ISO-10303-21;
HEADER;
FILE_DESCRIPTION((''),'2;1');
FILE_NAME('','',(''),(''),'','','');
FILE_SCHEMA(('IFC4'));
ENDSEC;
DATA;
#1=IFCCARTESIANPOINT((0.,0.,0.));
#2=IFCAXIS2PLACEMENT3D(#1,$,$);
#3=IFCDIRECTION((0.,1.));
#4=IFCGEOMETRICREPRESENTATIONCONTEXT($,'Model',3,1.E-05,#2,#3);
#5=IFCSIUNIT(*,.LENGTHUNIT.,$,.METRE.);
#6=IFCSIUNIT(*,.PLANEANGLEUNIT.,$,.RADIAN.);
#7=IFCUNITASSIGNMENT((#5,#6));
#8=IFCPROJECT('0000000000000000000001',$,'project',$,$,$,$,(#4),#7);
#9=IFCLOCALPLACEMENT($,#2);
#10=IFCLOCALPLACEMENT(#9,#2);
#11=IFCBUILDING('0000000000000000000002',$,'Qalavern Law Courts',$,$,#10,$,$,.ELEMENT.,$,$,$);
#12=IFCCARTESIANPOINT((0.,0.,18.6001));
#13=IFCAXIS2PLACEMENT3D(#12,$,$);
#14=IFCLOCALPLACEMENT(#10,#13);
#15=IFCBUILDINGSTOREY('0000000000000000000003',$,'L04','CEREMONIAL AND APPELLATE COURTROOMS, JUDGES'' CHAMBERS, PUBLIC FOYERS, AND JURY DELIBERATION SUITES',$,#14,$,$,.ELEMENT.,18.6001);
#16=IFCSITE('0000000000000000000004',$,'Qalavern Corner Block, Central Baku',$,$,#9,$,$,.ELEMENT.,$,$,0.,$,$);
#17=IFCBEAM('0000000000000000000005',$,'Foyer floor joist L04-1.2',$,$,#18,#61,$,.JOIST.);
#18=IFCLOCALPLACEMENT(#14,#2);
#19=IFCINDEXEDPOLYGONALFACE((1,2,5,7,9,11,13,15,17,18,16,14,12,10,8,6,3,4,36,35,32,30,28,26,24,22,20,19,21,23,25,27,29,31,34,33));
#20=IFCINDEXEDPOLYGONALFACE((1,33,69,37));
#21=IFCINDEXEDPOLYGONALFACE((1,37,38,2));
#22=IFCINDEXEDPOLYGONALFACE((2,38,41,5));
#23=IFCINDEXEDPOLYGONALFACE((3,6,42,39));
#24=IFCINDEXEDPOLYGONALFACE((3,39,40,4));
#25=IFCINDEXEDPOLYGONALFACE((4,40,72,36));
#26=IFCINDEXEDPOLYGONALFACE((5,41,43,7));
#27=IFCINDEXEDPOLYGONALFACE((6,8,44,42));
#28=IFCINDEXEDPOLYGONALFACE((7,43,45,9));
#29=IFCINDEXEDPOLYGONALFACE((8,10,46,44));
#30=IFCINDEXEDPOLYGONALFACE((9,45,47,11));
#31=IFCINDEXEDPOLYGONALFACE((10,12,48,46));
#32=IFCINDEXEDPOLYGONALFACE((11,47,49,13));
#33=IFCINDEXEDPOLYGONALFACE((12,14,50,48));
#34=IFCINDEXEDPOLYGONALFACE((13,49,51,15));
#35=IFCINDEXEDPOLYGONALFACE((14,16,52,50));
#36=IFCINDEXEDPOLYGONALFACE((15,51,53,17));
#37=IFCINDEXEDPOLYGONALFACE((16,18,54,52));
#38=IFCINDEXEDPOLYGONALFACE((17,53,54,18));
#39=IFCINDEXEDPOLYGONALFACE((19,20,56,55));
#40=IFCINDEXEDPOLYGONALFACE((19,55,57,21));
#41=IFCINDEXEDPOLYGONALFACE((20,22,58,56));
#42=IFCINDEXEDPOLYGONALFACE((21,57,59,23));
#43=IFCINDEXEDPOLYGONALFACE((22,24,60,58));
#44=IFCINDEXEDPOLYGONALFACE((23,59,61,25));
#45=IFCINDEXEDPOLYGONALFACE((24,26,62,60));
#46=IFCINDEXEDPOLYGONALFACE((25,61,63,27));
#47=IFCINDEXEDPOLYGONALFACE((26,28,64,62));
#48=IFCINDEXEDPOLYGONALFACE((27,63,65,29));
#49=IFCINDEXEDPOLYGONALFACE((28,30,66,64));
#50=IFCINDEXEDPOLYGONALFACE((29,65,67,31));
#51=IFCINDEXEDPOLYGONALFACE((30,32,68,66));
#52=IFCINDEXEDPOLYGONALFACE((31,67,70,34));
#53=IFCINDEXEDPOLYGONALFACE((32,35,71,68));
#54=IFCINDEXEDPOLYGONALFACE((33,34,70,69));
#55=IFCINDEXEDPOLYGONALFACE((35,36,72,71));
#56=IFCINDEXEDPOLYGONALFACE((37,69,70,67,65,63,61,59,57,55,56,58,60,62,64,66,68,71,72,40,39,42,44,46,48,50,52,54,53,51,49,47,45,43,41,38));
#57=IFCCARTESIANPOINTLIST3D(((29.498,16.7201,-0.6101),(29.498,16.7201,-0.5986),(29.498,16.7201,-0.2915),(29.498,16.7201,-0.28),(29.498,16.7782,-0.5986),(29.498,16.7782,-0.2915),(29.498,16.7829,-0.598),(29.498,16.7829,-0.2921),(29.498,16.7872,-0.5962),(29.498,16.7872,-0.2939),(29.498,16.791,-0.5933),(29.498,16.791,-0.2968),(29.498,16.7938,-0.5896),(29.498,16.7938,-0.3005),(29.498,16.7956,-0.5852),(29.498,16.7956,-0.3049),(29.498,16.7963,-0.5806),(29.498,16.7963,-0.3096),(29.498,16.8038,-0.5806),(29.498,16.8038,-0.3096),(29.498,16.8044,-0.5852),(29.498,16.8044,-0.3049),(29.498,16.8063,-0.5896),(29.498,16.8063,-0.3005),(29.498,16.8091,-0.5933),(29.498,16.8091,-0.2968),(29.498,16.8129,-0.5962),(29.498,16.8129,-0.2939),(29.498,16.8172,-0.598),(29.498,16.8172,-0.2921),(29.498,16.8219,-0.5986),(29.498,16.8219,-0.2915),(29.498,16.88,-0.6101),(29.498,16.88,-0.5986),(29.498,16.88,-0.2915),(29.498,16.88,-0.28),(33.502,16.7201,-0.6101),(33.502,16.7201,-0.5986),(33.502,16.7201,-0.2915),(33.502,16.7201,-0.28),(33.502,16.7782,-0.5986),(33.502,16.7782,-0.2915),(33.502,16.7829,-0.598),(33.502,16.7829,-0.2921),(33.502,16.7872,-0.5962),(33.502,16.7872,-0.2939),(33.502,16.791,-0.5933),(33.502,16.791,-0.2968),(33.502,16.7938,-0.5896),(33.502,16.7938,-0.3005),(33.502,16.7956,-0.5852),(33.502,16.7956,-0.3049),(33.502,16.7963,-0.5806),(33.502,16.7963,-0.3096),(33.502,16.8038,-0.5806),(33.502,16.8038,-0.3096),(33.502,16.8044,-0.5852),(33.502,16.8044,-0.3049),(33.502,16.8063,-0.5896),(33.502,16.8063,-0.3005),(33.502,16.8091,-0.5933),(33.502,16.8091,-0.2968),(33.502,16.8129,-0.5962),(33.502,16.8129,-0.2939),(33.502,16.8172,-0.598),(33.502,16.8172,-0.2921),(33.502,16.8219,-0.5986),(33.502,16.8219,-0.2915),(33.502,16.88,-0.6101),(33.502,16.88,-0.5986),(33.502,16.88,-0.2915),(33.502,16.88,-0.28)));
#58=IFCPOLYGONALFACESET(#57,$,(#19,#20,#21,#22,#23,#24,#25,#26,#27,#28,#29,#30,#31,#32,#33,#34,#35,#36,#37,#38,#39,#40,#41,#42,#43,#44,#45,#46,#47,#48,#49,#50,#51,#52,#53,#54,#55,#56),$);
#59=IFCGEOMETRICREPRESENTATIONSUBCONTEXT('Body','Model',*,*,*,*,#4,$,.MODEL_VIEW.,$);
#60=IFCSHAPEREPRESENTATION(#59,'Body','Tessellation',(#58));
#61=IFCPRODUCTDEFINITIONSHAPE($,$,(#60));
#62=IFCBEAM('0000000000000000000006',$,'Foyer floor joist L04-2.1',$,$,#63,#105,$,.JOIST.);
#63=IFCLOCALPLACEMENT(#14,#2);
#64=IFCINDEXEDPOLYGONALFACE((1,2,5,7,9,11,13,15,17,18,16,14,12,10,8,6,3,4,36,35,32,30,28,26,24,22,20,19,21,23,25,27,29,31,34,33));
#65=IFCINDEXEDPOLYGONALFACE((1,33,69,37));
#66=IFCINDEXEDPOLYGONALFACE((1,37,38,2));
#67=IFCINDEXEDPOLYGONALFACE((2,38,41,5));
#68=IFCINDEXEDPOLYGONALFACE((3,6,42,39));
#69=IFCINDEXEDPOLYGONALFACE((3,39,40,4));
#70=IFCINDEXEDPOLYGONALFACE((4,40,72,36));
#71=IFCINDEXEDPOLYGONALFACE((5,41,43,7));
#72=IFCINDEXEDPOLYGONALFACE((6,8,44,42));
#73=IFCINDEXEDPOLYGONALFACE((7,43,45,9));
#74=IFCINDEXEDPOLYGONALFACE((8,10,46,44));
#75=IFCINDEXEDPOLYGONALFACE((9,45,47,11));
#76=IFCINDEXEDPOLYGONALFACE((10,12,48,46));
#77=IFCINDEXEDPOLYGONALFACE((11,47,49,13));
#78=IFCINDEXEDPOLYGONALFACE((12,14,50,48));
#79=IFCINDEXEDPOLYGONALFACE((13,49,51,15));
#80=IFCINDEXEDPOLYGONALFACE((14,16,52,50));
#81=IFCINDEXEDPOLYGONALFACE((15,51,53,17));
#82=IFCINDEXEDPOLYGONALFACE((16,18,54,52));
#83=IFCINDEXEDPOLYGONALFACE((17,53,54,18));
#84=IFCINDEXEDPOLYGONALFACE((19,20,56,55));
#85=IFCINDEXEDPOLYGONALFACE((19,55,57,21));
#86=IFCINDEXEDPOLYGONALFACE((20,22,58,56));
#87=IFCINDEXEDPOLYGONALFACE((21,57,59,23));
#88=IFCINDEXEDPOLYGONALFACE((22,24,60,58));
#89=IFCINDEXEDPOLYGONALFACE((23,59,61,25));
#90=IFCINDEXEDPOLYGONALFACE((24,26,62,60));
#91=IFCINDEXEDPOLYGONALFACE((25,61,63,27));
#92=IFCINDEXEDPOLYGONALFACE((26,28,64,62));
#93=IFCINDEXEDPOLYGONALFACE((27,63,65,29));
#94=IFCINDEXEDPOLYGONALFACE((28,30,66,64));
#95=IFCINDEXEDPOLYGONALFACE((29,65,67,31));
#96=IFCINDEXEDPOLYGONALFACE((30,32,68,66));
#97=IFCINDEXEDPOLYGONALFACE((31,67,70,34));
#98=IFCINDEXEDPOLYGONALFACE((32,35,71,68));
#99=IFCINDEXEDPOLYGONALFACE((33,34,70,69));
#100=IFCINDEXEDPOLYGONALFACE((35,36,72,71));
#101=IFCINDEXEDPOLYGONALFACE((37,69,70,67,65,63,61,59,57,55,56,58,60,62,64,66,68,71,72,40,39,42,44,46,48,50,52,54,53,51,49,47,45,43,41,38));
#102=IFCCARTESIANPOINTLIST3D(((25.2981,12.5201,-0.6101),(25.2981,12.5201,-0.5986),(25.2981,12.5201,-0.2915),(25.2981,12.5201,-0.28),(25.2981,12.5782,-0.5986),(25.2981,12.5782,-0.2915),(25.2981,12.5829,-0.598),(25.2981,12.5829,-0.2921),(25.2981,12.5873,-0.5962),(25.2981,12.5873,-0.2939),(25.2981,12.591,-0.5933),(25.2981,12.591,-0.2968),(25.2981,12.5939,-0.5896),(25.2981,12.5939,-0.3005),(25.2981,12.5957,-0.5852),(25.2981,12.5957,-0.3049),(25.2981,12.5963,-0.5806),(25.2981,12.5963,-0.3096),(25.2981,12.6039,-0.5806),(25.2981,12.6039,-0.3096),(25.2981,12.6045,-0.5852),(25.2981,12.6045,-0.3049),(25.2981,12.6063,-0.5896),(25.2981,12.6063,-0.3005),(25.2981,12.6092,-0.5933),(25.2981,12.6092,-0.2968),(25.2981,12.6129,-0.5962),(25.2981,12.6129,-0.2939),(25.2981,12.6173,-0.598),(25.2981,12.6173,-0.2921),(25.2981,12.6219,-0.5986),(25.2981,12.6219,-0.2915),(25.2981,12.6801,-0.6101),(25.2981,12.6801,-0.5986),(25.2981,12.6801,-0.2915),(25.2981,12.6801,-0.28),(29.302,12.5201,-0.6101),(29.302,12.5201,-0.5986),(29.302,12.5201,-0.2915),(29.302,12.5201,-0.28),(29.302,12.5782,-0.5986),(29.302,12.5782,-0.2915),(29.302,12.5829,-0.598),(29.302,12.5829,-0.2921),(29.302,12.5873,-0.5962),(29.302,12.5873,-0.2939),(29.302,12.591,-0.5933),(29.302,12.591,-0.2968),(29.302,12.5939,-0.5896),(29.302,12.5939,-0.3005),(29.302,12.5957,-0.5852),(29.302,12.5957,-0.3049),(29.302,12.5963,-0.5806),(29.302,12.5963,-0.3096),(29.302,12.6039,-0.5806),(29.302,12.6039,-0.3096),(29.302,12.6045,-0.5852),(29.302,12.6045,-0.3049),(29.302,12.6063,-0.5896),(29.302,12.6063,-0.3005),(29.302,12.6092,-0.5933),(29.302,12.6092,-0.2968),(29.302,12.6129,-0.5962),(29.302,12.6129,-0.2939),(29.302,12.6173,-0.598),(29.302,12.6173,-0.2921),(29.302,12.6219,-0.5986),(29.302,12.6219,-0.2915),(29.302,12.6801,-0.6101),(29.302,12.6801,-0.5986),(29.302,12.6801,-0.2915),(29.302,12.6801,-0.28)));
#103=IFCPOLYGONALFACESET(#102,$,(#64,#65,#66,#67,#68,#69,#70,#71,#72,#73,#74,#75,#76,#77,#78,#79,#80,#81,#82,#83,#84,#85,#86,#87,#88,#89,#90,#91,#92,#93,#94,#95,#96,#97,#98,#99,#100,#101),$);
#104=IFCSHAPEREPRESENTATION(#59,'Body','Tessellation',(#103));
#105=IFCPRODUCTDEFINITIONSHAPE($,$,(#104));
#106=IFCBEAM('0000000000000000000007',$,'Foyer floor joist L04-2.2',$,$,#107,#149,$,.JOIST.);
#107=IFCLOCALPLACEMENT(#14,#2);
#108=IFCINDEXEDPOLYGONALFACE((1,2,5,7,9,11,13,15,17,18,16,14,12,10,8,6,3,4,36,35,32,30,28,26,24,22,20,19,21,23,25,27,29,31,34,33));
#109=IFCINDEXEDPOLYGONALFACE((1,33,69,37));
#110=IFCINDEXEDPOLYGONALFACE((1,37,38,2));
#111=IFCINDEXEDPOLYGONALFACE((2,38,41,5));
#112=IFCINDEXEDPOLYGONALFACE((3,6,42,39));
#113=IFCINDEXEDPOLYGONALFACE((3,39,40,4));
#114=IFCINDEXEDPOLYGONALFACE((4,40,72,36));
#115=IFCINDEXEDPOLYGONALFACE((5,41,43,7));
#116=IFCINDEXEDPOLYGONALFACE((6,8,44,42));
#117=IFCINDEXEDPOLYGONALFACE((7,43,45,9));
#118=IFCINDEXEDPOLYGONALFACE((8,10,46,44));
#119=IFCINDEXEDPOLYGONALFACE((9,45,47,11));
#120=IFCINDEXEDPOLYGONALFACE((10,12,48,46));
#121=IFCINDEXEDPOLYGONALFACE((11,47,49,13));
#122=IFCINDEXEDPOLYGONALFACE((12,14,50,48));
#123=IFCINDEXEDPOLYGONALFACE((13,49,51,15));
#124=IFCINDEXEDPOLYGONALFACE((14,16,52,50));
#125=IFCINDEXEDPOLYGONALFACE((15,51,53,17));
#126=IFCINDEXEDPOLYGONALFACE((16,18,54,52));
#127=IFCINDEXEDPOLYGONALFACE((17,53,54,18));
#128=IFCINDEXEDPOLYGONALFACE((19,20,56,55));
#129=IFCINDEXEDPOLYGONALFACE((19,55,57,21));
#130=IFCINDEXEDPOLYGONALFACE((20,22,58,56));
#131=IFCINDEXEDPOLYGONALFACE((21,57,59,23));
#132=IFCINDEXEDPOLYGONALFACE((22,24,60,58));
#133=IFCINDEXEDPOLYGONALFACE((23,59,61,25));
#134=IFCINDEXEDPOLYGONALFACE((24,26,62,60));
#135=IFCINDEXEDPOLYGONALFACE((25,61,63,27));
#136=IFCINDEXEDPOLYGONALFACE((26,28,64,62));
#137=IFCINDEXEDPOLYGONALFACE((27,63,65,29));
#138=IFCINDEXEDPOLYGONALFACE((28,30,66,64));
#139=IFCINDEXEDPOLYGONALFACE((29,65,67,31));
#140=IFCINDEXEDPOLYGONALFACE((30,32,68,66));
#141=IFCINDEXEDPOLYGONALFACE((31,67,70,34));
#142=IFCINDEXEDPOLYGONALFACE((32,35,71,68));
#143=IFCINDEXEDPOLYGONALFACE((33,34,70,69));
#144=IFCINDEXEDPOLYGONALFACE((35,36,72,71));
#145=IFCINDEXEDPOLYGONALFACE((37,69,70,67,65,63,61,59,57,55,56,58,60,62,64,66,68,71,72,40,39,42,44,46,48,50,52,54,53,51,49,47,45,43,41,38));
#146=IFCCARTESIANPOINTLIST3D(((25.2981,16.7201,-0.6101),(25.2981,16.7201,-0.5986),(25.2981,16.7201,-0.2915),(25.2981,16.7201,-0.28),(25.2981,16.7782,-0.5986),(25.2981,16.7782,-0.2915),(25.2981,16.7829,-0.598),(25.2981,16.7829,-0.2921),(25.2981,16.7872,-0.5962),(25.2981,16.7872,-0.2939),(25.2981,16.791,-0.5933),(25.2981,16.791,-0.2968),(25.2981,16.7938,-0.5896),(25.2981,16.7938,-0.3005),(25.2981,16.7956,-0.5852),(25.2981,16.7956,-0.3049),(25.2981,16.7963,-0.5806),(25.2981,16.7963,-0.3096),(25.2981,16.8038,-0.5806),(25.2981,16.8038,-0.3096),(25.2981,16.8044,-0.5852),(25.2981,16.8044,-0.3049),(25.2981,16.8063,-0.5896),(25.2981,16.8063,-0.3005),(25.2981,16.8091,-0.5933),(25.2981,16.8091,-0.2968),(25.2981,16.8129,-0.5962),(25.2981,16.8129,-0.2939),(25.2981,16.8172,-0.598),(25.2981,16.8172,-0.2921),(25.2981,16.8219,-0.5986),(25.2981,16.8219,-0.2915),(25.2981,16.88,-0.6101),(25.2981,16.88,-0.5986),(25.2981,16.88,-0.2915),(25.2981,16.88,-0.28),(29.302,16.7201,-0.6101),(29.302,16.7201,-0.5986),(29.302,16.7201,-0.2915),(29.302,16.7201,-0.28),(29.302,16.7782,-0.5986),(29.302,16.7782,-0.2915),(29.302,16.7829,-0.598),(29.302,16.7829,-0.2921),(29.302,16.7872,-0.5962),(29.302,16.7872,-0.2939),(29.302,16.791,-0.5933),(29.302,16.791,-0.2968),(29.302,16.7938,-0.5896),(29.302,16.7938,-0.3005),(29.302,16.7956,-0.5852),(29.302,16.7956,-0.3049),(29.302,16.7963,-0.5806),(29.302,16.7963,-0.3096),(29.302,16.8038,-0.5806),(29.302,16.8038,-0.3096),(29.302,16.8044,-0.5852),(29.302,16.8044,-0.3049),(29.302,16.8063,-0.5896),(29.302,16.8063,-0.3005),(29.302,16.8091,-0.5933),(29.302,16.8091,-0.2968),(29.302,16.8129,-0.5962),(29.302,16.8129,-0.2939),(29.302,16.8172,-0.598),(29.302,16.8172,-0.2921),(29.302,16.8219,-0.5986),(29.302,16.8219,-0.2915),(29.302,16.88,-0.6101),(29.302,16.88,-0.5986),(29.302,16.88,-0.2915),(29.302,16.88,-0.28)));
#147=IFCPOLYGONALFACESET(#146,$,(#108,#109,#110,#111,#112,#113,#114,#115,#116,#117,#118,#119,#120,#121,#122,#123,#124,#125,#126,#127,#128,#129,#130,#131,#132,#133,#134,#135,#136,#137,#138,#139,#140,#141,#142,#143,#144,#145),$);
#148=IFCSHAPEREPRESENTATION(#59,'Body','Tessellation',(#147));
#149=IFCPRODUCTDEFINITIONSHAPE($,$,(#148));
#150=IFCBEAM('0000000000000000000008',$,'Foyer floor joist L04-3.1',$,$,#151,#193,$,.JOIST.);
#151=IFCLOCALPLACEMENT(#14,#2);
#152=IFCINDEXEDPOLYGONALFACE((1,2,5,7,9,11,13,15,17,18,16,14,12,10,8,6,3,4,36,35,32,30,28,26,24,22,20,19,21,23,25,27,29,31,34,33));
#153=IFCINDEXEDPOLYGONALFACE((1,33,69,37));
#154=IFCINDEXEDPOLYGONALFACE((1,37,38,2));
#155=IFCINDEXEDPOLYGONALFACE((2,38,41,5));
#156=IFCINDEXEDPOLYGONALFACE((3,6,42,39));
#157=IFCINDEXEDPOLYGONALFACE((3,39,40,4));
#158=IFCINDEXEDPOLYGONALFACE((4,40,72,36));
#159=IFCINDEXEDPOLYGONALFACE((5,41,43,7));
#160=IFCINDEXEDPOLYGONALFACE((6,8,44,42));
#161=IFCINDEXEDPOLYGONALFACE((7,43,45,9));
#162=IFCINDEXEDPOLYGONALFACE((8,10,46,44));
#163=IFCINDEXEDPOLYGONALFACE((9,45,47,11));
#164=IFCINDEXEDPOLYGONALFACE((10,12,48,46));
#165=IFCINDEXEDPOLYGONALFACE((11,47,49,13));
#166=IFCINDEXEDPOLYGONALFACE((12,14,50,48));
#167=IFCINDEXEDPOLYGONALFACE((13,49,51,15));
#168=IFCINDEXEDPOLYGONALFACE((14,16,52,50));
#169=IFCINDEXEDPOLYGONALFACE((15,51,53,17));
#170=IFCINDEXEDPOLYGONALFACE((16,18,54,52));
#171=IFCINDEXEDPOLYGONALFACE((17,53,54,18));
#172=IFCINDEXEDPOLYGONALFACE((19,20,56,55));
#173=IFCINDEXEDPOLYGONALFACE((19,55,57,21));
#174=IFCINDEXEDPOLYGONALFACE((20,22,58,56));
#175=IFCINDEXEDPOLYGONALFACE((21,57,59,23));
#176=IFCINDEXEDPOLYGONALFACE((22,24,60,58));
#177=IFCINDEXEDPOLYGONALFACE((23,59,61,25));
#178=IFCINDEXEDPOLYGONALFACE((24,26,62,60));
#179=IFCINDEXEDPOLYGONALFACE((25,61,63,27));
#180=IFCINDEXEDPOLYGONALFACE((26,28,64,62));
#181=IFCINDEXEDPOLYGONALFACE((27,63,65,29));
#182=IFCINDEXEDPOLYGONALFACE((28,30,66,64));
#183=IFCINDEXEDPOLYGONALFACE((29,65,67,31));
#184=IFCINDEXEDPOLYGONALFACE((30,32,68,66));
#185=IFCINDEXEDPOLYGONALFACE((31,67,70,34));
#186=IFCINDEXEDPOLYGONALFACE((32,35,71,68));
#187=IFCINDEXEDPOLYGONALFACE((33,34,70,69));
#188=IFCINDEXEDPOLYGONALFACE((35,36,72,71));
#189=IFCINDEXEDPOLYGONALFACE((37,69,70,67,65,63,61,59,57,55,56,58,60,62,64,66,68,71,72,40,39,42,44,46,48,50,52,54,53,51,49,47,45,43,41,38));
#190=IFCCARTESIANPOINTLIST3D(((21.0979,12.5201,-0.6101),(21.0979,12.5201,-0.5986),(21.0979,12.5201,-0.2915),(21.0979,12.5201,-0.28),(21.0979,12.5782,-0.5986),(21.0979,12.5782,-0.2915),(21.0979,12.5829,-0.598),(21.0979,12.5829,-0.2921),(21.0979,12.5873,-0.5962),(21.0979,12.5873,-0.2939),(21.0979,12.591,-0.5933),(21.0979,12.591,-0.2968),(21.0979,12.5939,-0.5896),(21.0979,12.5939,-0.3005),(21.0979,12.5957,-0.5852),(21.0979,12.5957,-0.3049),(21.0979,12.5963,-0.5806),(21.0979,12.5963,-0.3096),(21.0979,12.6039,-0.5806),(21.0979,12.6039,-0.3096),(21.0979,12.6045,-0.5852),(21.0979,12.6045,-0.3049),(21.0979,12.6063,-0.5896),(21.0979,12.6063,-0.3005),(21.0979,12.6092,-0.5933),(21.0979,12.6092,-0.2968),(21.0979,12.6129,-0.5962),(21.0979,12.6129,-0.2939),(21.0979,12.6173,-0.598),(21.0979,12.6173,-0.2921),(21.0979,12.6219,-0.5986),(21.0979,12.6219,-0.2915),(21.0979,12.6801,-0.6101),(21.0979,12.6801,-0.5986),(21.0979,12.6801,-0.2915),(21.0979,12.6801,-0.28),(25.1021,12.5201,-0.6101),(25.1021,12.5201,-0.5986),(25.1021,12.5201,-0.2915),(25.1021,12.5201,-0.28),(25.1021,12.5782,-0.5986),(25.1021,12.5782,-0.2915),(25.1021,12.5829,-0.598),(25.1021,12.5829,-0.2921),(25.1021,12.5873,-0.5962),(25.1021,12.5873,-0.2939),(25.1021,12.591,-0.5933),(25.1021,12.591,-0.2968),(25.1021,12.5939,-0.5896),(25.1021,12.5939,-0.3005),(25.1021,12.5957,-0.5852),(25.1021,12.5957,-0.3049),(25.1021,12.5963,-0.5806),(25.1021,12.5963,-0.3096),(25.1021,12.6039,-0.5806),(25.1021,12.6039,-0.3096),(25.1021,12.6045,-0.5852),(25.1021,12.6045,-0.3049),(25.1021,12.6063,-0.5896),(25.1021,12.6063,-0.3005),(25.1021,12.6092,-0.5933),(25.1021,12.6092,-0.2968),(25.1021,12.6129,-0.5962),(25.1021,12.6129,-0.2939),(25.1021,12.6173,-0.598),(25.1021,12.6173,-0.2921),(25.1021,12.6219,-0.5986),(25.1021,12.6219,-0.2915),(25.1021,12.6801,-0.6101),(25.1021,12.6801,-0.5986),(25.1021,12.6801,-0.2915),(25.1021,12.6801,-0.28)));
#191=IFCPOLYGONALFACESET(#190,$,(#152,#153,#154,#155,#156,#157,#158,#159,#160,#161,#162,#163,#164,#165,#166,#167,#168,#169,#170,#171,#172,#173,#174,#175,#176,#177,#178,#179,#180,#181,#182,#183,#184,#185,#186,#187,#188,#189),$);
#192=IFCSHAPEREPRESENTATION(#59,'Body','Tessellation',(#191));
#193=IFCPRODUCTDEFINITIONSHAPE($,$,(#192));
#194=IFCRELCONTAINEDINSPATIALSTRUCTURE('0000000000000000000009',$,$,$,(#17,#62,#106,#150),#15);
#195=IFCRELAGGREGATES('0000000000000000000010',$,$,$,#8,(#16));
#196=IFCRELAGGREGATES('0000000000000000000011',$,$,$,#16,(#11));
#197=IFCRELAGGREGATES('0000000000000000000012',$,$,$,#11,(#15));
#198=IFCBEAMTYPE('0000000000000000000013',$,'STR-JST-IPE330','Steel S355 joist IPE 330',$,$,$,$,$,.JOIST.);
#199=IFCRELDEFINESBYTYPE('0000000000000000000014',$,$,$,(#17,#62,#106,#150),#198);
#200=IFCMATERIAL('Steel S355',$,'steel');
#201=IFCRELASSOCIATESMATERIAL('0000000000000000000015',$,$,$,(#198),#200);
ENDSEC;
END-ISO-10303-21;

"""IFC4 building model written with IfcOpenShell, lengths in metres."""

from ifc_helpers import new_model, si_unit, direction, frame, origin, origin_2d, place, context, subcontext, project, spatial, i_section, extrude, material, material_profile, profile_set, type_object, element, save


model = new_model("IFC4")

# Units and contexts
model_context = context("Model", 3, precision=1e-05, world=origin(), true_north=direction((0.0, 1.0)))
body_context = subcontext(model_context, "Body", "Model", "MODEL_VIEW")
ifc_project = project(units=[si_unit("LENGTHUNIT", "METRE"), si_unit("PLANEANGLEUNIT", "RADIAN")], contexts=[model_context])

# Site, building, storey
site_placement = place(None, origin())
site = spatial("IfcSite", under=ifc_project, at=site_placement, Name="Qalavern Corner Block, Central Baku", CompositionType="ELEMENT", RefElevation=0.0)
building_placement = place(site_placement, origin())
building = spatial("IfcBuilding", under=site, at=building_placement, Name="Qalavern Law Courts", CompositionType="ELEMENT")
storey_placement = place(building_placement, frame((0.0, 0.0, 18.6001)))
storey = spatial("IfcBuildingStorey", under=building, at=storey_placement, Name="L04", Description="CEREMONIAL AND APPELLATE COURTROOMS, JUDGES' CHAMBERS, PUBLIC FOYERS, AND JURY DELIBERATION SUITES", CompositionType="ELEMENT", Elevation=18.6001)

# Shared definitions
ifc_material_1 = material(Name="Steel S355", Category="steel")

# Beams
ifc_material_profile_1 = material_profile(ifc_material_1, i_section(OverallWidth=0.1599, OverallDepth=0.3301, WebThickness=0.0076, FlangeThickness=0.0115, FilletRadius=0.0181, at=origin_2d()), Name="IPE 330")
ifc_profile_set_1 = profile_set([ifc_material_profile_1], Name="Steel S355")
beam_type_1 = type_object("IfcBeamType", Name="STR-JST-IPE330", Description="Steel S355 joist IPE 330", PredefinedType="JOIST", material=ifc_profile_set_1)
for number, where, z_axis, x_axis, name in (
    (1, (29.498, 16.8, -0.4451), (1.0, 0.0, 0.0), (0.0, 1.0, 0.0), "Foyer floor joist L04-1.2"),
    (2, (25.2981, 12.6001, -0.4451), (1.0, 0.0, 0.0), (0.0, 1.0, 0.0), "Foyer floor joist L04-2.1"),
    (3, (25.2981, 16.8, -0.4451), (1.0, 0.0, 0.0), (0.0, 1.0, 0.0), "Foyer floor joist L04-2.2"),
):
    element("IfcBeam", number, at=place(storey_placement, frame(where, z_axis=z_axis, x_axis=x_axis)), inside=storey, type_object=beam_type_1, Name=name, PredefinedType="JOIST", context=body_context, shape_type="SweptSolid", body=[
        extrude(i_section(OverallWidth=0.1599, OverallDepth=0.3301, WebThickness=0.0076, FlangeThickness=0.0115, FilletRadius=0.0181, at=origin_2d()), origin(), (0.0, 0.0, 1.0), 4.0039),
    ])
for number, where, z_axis, x_axis, name in (
    (4, (21.0979, 12.6001, -0.4451), (1.0, 0.0, 0.0), (0.0, 1.0, 0.0), "Foyer floor joist L04-3.1"),
):
    element("IfcBeam", number, at=place(storey_placement, frame(where, z_axis=z_axis, x_axis=x_axis)), inside=storey, type_object=beam_type_1, Name=name, PredefinedType="JOIST", context=body_context, shape_type="SweptSolid", body=[
        extrude(i_section(OverallWidth=0.1599, OverallDepth=0.3301, WebThickness=0.0076, FlangeThickness=0.0115, FilletRadius=0.0181, at=origin_2d()), origin(), (0.0, 0.0, 1.0), 4.0042),
    ])

save(model, "model.ifc")
